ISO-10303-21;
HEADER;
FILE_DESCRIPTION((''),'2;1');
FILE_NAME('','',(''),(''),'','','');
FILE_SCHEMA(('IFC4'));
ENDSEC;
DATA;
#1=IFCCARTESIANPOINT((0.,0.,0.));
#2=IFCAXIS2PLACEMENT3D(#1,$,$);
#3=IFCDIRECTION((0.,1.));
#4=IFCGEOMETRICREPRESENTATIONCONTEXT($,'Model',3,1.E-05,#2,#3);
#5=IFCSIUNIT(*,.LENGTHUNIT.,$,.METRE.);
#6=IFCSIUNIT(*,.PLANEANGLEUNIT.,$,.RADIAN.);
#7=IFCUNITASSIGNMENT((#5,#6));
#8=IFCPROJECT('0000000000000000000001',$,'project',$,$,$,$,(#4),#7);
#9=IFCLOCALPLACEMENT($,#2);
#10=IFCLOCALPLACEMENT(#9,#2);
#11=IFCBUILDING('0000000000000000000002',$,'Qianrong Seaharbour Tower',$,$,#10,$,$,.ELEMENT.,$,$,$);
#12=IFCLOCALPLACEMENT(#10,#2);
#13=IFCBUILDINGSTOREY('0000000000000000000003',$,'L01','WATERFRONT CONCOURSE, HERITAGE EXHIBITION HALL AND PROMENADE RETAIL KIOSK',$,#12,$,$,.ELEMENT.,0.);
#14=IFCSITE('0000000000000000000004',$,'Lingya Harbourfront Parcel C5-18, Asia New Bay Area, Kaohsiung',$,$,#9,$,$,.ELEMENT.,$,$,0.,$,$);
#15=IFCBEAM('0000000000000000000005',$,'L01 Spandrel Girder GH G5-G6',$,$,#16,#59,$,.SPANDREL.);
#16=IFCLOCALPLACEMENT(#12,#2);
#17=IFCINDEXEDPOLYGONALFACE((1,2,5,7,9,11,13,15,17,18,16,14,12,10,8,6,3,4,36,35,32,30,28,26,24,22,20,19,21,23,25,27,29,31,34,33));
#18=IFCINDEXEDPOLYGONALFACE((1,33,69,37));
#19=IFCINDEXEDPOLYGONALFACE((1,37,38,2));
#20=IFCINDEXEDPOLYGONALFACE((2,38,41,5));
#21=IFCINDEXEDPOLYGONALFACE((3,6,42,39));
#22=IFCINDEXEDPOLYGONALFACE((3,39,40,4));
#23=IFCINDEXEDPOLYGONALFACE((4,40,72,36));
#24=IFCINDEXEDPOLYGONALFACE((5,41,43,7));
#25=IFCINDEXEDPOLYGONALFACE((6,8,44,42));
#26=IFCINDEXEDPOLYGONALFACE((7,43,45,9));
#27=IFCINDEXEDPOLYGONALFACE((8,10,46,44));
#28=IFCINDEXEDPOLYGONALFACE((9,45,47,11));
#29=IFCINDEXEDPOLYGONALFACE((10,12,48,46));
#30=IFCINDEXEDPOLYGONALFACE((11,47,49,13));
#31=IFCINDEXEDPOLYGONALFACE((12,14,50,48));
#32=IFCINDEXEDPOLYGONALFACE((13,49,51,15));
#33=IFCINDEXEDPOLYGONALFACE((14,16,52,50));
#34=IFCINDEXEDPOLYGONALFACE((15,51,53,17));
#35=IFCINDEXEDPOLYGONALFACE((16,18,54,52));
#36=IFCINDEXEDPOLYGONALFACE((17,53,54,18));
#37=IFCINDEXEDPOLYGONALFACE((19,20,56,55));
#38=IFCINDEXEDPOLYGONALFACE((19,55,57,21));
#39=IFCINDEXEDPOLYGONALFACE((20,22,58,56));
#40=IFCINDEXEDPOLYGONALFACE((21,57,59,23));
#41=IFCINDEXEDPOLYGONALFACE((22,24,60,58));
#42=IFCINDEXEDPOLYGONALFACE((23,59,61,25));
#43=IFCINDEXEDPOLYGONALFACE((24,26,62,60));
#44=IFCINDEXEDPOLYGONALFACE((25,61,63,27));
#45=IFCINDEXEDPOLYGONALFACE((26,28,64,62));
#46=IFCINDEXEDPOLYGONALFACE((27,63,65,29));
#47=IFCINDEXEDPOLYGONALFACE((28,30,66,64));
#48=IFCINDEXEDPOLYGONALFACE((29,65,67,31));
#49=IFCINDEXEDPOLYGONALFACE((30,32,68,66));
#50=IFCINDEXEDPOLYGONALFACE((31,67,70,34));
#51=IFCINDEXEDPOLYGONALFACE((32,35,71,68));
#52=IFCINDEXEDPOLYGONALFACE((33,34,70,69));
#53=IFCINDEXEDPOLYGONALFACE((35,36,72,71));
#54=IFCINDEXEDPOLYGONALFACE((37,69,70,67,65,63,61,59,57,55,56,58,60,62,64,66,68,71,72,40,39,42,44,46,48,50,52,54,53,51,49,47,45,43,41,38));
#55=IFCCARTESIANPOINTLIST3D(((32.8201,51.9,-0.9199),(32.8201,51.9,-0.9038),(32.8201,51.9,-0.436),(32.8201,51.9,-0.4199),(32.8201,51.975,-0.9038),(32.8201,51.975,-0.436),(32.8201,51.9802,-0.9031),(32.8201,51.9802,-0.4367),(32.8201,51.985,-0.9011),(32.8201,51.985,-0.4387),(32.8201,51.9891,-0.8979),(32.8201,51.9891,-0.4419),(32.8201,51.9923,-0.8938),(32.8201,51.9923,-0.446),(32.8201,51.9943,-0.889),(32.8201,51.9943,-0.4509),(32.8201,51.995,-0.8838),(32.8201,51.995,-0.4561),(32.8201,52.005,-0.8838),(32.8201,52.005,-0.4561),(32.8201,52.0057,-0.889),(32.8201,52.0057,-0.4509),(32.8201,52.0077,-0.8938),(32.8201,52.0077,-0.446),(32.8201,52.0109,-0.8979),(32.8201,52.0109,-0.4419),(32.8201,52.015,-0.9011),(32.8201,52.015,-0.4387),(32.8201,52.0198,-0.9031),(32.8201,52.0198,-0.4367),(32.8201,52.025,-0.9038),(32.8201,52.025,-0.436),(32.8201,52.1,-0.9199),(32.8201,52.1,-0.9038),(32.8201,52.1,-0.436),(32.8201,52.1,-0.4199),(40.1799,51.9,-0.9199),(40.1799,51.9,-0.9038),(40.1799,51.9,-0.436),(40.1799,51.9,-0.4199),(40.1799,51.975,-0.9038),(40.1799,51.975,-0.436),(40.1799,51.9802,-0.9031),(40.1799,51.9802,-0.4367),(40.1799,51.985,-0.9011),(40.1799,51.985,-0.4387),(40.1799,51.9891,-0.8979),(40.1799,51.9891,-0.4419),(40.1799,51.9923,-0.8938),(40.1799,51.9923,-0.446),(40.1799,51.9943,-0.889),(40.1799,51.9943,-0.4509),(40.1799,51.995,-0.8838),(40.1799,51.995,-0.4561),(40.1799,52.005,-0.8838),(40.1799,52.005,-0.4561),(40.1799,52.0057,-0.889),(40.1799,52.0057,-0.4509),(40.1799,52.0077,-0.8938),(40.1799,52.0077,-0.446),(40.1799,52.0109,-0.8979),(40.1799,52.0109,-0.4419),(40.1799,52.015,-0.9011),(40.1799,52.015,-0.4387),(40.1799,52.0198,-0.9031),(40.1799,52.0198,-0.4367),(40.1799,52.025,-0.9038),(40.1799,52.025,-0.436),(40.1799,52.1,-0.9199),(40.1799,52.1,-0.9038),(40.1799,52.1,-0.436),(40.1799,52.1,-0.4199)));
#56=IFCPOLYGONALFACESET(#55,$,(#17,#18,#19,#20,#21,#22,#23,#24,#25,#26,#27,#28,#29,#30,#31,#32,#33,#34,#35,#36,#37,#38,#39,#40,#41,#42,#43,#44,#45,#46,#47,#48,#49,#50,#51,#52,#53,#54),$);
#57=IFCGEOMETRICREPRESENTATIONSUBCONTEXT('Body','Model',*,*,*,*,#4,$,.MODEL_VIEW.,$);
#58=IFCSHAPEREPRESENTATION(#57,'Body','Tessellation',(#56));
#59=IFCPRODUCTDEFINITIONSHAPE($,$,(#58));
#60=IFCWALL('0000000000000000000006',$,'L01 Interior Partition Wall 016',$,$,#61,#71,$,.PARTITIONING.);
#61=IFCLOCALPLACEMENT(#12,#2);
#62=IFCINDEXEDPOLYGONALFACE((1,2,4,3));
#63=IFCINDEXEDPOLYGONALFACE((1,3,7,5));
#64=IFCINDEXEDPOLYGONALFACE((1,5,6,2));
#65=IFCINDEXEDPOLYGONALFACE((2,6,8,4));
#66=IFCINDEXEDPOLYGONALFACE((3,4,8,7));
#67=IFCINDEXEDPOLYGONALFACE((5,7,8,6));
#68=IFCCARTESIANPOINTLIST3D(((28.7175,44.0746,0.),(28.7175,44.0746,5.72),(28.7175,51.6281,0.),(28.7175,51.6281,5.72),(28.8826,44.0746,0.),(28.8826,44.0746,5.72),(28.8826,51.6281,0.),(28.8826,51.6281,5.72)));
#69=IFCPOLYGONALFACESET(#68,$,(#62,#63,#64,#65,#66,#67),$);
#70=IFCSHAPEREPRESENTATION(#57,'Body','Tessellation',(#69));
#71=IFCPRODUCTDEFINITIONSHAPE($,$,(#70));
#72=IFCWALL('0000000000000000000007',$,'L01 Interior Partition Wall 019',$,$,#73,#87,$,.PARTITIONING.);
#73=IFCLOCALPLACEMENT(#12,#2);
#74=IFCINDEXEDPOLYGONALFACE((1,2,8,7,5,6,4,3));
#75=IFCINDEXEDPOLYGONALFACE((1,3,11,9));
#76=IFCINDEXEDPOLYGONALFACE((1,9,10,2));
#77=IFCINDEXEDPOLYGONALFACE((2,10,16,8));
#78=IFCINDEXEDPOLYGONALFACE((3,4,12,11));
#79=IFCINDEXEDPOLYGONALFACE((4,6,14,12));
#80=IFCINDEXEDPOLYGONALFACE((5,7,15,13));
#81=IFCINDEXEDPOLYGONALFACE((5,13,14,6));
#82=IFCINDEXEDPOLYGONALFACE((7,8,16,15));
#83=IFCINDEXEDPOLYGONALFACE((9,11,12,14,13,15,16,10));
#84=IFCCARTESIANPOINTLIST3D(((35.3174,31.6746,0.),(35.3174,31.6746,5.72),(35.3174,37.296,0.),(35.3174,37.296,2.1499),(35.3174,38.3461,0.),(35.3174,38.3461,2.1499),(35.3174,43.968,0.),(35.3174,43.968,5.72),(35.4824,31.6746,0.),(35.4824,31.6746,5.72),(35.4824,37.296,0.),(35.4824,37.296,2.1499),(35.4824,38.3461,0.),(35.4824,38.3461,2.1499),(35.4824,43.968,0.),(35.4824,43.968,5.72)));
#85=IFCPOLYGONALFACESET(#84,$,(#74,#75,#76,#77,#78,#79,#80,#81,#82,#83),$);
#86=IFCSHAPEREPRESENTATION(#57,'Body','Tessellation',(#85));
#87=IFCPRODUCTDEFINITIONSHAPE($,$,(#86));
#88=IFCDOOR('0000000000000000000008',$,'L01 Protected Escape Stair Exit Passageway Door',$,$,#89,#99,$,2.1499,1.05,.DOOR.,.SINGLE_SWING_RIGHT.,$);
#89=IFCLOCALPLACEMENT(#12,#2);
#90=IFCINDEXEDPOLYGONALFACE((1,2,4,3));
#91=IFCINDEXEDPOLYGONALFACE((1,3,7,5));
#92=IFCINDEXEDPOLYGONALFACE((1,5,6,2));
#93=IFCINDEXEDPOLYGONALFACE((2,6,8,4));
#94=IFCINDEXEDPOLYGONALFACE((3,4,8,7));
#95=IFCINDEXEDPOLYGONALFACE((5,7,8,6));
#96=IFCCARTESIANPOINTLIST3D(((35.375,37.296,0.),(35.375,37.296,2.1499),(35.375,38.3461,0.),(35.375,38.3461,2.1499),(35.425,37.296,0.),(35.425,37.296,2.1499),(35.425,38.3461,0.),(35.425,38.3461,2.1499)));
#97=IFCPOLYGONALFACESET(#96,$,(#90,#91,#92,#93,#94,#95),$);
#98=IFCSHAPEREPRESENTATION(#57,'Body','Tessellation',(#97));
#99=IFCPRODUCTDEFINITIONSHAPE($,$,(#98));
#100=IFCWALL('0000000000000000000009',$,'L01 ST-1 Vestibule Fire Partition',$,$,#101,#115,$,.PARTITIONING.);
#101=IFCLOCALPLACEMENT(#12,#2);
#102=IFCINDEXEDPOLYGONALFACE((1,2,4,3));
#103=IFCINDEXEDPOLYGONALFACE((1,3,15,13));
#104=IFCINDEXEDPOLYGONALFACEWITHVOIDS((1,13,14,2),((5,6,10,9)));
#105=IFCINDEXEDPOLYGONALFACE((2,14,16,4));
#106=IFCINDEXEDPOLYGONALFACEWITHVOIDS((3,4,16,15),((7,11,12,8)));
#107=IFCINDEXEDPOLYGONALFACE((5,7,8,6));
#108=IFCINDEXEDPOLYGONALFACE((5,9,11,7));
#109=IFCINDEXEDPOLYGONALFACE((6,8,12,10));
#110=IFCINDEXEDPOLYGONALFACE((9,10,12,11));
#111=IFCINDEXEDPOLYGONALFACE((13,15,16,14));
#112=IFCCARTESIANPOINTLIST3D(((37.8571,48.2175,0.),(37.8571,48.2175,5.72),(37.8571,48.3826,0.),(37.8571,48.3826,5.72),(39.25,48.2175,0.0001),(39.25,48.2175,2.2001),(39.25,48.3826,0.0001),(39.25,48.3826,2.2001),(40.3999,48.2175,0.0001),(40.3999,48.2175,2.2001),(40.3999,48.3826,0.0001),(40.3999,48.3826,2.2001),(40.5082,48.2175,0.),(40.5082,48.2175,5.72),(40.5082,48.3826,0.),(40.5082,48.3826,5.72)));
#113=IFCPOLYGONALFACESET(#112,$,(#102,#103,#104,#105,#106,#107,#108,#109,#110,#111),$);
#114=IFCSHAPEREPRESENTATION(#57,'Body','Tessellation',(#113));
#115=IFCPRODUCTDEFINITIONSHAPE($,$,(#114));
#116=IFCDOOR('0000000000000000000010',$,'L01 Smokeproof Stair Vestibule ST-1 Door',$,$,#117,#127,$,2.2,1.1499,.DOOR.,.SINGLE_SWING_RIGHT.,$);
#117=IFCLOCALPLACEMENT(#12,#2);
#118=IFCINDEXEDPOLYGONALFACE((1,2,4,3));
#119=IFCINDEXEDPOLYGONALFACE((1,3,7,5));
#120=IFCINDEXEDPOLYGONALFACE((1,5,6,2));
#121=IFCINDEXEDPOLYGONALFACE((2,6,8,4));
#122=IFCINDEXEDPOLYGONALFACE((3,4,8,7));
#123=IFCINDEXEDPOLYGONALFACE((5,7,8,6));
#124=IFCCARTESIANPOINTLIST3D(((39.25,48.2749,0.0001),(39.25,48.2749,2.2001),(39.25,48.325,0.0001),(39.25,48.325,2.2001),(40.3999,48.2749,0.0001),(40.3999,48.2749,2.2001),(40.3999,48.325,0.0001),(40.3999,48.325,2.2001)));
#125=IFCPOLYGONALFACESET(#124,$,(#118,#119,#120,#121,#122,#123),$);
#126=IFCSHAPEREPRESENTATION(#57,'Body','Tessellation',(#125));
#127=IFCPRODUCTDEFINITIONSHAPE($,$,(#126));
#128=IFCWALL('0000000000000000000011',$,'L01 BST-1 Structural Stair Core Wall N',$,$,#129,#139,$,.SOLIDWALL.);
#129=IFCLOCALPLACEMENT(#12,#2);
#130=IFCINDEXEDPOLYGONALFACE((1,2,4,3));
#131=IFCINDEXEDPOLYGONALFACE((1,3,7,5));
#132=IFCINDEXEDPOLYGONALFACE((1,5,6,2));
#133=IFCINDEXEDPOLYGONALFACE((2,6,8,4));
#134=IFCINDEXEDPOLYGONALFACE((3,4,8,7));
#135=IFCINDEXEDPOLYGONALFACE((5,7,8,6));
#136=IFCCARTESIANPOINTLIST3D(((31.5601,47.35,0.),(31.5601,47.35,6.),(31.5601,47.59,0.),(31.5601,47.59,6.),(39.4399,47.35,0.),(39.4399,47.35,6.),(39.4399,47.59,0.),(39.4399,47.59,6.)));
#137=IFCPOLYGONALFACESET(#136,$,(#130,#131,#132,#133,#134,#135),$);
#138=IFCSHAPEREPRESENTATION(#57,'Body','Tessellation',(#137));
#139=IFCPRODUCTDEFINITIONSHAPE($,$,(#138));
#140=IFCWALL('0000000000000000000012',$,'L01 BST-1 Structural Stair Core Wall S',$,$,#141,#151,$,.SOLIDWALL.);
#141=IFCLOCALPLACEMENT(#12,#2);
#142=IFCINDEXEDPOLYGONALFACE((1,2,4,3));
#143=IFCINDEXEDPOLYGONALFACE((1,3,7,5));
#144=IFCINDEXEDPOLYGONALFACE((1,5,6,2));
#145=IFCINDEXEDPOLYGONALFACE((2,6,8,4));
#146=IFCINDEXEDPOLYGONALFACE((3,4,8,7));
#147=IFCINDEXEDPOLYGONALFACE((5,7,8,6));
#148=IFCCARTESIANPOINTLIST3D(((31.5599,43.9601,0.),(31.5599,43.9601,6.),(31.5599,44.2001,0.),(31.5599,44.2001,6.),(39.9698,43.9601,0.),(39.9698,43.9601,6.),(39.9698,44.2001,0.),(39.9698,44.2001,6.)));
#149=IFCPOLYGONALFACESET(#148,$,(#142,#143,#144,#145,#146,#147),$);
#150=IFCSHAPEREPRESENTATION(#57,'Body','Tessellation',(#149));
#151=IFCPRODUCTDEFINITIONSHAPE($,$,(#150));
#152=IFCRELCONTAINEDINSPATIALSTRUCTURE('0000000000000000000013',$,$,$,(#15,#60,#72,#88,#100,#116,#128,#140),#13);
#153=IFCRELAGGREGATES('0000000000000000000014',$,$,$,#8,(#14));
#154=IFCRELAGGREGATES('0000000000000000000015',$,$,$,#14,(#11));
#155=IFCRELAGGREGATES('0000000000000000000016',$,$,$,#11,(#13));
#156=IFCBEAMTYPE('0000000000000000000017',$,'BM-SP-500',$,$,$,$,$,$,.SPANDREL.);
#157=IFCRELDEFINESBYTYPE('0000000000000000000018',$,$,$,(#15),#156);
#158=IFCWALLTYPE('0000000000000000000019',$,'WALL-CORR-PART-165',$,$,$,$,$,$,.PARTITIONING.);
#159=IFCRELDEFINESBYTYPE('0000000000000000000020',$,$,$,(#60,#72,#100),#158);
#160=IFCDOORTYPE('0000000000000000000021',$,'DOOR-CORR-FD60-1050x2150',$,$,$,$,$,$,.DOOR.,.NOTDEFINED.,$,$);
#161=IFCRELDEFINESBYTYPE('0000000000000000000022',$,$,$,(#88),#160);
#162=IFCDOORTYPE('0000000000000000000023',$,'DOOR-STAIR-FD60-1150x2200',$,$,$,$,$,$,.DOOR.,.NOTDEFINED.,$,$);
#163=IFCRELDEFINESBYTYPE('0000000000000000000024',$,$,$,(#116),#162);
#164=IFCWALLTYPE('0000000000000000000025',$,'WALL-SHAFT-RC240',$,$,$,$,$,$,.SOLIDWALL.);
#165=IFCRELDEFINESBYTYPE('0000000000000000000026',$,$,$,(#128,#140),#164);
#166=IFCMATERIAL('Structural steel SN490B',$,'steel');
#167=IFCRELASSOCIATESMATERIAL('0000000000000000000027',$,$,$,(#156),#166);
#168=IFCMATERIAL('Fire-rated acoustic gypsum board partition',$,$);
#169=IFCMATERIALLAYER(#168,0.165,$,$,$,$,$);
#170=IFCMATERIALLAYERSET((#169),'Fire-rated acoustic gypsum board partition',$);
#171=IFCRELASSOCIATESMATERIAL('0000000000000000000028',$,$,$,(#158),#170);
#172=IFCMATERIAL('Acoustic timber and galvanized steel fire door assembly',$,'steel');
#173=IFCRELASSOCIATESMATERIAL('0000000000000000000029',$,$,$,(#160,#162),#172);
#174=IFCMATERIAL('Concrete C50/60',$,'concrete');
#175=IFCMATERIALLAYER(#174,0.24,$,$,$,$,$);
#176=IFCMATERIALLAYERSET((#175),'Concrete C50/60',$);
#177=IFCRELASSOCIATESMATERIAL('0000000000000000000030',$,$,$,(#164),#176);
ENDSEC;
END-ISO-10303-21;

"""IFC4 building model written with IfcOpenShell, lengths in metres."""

from ifc_helpers import new_model, si_unit, direction, frame, frame_2d, origin, origin_2d, place, context, subcontext, project, spatial, rectangle, i_section, extrude, material, layer, layer_set, material_profile, profile_set, type_object, element, fill, save


model = new_model("IFC4")

# Units and contexts
model_context = context("Model", 3, precision=1e-05, world=origin(), true_north=direction((0.0, 1.0)))
body_context = subcontext(model_context, "Body", "Model", "MODEL_VIEW")
ifc_project = project(units=[si_unit("LENGTHUNIT", "METRE"), si_unit("PLANEANGLEUNIT", "RADIAN")], contexts=[model_context])

# Site, building, storey
site_placement = place(None, origin())
site = spatial("IfcSite", under=ifc_project, at=site_placement, Name="Lingya Harbourfront Parcel C5-18, Asia New Bay Area, Kaohsiung", CompositionType="ELEMENT", RefElevation=0.0)
building_placement = place(site_placement, origin())
building = spatial("IfcBuilding", under=site, at=building_placement, Name="Qianrong Seaharbour Tower", CompositionType="ELEMENT")
storey_placement = place(building_placement, origin())
storey = spatial("IfcBuildingStorey", under=building, at=storey_placement, Name="L01", Description="WATERFRONT CONCOURSE, HERITAGE EXHIBITION HALL AND PROMENADE RETAIL KIOSK", CompositionType="ELEMENT", Elevation=0.0)

# Shared definitions
ifc_material_1 = material(Name="Structural steel SN490B", Category="steel")

# Beam
ifc_material_profile_1 = material_profile(ifc_material_1, i_section(OverallWidth=0.2, OverallDepth=0.5, WebThickness=0.01, FlangeThickness=0.0161, FilletRadius=0.02, at=origin_2d()), Name="H500x200x10x16")
ifc_profile_set_1 = profile_set([ifc_material_profile_1], Name="Structural steel SN490B")
beam_type_1 = type_object("IfcBeamType", Name="BM-SP-500", PredefinedType="SPANDREL", material=ifc_profile_set_1)
for number, where, z_axis, x_axis, name in (
    (1, (32.8201, 52.0, -0.6699), (1.0, 0.0, 0.0), (0.0, 1.0, 0.0), "L01 Spandrel Girder GH G5-G6"),
):
    element("IfcBeam", number, at=place(storey_placement, frame(where, z_axis=z_axis, x_axis=x_axis)), inside=storey, type_object=beam_type_1, Name=name, PredefinedType="SPANDREL", context=body_context, shape_type="SweptSolid", body=[
        extrude(i_section(OverallWidth=0.2, OverallDepth=0.5, WebThickness=0.01, FlangeThickness=0.0161, FilletRadius=0.02, at=origin_2d()), origin(), (0.0, 0.0, 1.0), 7.3599),
    ])

# Shared definitions
ifc_material_2 = material(Name="Fire-rated acoustic gypsum board partition")
ifc_layer_1 = layer(ifc_material_2, 0.165)
ifc_layer_set_1 = layer_set([ifc_layer_1], Name="Fire-rated acoustic gypsum board partition")
wall_type_1 = type_object("IfcWallType", Name="WALL-CORR-PART-165", PredefinedType="PARTITIONING", material=ifc_layer_set_1)
ifc_material_3 = material(Name="Acoustic timber and galvanized steel fire door assembly", Category="steel")
door_type_1 = type_object("IfcDoorType", Name="DOOR-CORR-FD60-1050x2150", OperationType="NOTDEFINED", PredefinedType="DOOR", material=ifc_material_3)

# Wall
wall_1_placement = place(storey_placement, frame((28.8, 44.0745, 0.0), z_axis=(0.0, 0.0, 1.0), x_axis=(0.0, 1.0, 0.0)))
element("IfcWall", 2, at=wall_1_placement, inside=storey, type_object=wall_type_1, Name="L01 Interior Partition Wall 016", PredefinedType="PARTITIONING", context=body_context, shape_type="SweptSolid", body=[
    extrude(rectangle(XDim=7.5535, YDim=0.165, at=frame_2d((3.7769, 0.0))), origin(), (0.0, 0.0, 1.0), 5.72),
])

# Walls, openings, doors
wall_2_placement = place(storey_placement, frame((35.3999, 31.6746, 0.0), z_axis=(0.0, 0.0, 1.0), x_axis=(0.0, 1.0, 0.0)))
wall_2 = element("IfcWall", 3, at=wall_2_placement, inside=storey, type_object=wall_type_1, Name="L01 Interior Partition Wall 019", PredefinedType="PARTITIONING", context=body_context, shape_type="SweptSolid", body=[
    extrude(rectangle(XDim=12.2935, YDim=0.165, at=frame_2d((6.1467, 0.0))), origin(), (0.0, 0.0, 1.0), 5.72),
])
opening_1_placement = place(wall_2_placement, frame((5.6216, 0.0, 0.0)))
opening_1 = element("IfcOpeningElement", 4, at=opening_1_placement, cuts=wall_2, PredefinedType="OPENING", context=body_context, shape_type="SweptSolid", body=[
    extrude(rectangle(XDim=1.05, YDim=2.1499, at=frame_2d((0.5249, 1.075))), frame((0.0, 0.0925, 0.0), z_axis=(0.0, -1.0, 0.0), x_axis=(1.0, 0.0, 0.0)), (0.0, 0.0, 1.0), 0.1851),
])
door_1_placement = place(opening_1_placement, origin())
door_1 = element("IfcDoor", 5, at=door_1_placement, inside=storey, type_object=door_type_1, Name="L01 Protected Escape Stair Exit Passageway Door", OperationType="SINGLE_SWING_RIGHT", OverallHeight=2.1499, OverallWidth=1.05, PredefinedType="DOOR", context=body_context, shape_type="SweptSolid", body=[
    extrude(rectangle(XDim=1.05, YDim=2.1499, at=frame_2d((0.5249, 1.075))), frame((0.0, 0.0249, 0.0), z_axis=(0.0, -1.0, 0.0), x_axis=(1.0, 0.0, 0.0)), (0.0, 0.0, 1.0), 0.05),
])
fill(opening_1, door_1)
wall_3_placement = place(storey_placement, frame((37.8569, 48.3, 0.0), z_axis=(0.0, 0.0, 1.0), x_axis=(1.0, 0.0, 0.0)))
wall_3 = element("IfcWall", 6, at=wall_3_placement, inside=storey, type_object=wall_type_1, Name="L01 ST-1 Vestibule Fire Partition", PredefinedType="PARTITIONING", context=body_context, shape_type="SweptSolid", body=[
    extrude(rectangle(XDim=2.6511, YDim=0.165, at=frame_2d((1.3257, 0.0))), origin(), (0.0, 0.0, 1.0), 5.72),
])
opening_2_placement = place(wall_3_placement, frame((1.3931, 0.0, 0.0)))
opening_2 = element("IfcOpeningElement", 7, at=opening_2_placement, cuts=wall_3, PredefinedType="OPENING", context=body_context, shape_type="SweptSolid", body=[
    extrude(rectangle(XDim=1.1499, YDim=2.2, at=frame_2d((0.575, 1.1001))), frame((0.0, 0.0925, 0.0), z_axis=(0.0, -1.0, 0.0), x_axis=(1.0, 0.0, 0.0)), (0.0, 0.0, 1.0), 0.1851),
])
door_type_2 = type_object("IfcDoorType", Name="DOOR-STAIR-FD60-1150x2200", OperationType="NOTDEFINED", PredefinedType="DOOR", material=ifc_material_3)
door_2_placement = place(opening_2_placement, origin())
door_2 = element("IfcDoor", 8, at=door_2_placement, inside=storey, type_object=door_type_2, Name="L01 Smokeproof Stair Vestibule ST-1 Door", OperationType="SINGLE_SWING_RIGHT", OverallHeight=2.2, OverallWidth=1.1499, PredefinedType="DOOR", context=body_context, shape_type="SweptSolid", body=[
    extrude(rectangle(XDim=1.1499, YDim=2.2, at=frame_2d((0.575, 1.1001))), frame((0.0, 0.0249, 0.0), z_axis=(0.0, -1.0, 0.0), x_axis=(1.0, 0.0, 0.0)), (0.0, 0.0, 1.0), 0.05),
])
fill(opening_2, door_2)

# Walls
ifc_material_4 = material(Name="Concrete C50/60", Category="concrete")
ifc_layer_2 = layer(ifc_material_4, 0.24)
ifc_layer_set_2 = layer_set([ifc_layer_2], Name="Concrete C50/60")
wall_type_2 = type_object("IfcWallType", Name="WALL-SHAFT-RC240", PredefinedType="SOLIDWALL", material=ifc_layer_set_2)
wall_4_placement = place(storey_placement, frame((31.5601, 47.47, 0.0), z_axis=(0.0, 0.0, 1.0), x_axis=(1.0, 0.0, 0.0)))
element("IfcWall", 9, at=wall_4_placement, inside=storey, type_object=wall_type_2, Name="L01 BST-1 Structural Stair Core Wall N", PredefinedType="SOLIDWALL", context=body_context, shape_type="SweptSolid", body=[
    extrude(rectangle(XDim=7.8799, YDim=0.24, at=frame_2d((3.9399, 0.0))), origin(), (0.0, 0.0, 1.0), 6.0),
])
wall_5_placement = place(storey_placement, frame((39.97, 44.0801, 0.0), z_axis=(0.0, 0.0, 1.0), x_axis=(-1.0, 0.0, 0.0)))
element("IfcWall", 10, at=wall_5_placement, inside=storey, type_object=wall_type_2, Name="L01 BST-1 Structural Stair Core Wall S", PredefinedType="SOLIDWALL", context=body_context, shape_type="SweptSolid", body=[
    extrude(rectangle(XDim=8.4099, YDim=0.24, at=frame_2d((4.2051, 0.0))), origin(), (0.0, 0.0, 1.0), 6.0),
])

save(model, "model.ifc")
